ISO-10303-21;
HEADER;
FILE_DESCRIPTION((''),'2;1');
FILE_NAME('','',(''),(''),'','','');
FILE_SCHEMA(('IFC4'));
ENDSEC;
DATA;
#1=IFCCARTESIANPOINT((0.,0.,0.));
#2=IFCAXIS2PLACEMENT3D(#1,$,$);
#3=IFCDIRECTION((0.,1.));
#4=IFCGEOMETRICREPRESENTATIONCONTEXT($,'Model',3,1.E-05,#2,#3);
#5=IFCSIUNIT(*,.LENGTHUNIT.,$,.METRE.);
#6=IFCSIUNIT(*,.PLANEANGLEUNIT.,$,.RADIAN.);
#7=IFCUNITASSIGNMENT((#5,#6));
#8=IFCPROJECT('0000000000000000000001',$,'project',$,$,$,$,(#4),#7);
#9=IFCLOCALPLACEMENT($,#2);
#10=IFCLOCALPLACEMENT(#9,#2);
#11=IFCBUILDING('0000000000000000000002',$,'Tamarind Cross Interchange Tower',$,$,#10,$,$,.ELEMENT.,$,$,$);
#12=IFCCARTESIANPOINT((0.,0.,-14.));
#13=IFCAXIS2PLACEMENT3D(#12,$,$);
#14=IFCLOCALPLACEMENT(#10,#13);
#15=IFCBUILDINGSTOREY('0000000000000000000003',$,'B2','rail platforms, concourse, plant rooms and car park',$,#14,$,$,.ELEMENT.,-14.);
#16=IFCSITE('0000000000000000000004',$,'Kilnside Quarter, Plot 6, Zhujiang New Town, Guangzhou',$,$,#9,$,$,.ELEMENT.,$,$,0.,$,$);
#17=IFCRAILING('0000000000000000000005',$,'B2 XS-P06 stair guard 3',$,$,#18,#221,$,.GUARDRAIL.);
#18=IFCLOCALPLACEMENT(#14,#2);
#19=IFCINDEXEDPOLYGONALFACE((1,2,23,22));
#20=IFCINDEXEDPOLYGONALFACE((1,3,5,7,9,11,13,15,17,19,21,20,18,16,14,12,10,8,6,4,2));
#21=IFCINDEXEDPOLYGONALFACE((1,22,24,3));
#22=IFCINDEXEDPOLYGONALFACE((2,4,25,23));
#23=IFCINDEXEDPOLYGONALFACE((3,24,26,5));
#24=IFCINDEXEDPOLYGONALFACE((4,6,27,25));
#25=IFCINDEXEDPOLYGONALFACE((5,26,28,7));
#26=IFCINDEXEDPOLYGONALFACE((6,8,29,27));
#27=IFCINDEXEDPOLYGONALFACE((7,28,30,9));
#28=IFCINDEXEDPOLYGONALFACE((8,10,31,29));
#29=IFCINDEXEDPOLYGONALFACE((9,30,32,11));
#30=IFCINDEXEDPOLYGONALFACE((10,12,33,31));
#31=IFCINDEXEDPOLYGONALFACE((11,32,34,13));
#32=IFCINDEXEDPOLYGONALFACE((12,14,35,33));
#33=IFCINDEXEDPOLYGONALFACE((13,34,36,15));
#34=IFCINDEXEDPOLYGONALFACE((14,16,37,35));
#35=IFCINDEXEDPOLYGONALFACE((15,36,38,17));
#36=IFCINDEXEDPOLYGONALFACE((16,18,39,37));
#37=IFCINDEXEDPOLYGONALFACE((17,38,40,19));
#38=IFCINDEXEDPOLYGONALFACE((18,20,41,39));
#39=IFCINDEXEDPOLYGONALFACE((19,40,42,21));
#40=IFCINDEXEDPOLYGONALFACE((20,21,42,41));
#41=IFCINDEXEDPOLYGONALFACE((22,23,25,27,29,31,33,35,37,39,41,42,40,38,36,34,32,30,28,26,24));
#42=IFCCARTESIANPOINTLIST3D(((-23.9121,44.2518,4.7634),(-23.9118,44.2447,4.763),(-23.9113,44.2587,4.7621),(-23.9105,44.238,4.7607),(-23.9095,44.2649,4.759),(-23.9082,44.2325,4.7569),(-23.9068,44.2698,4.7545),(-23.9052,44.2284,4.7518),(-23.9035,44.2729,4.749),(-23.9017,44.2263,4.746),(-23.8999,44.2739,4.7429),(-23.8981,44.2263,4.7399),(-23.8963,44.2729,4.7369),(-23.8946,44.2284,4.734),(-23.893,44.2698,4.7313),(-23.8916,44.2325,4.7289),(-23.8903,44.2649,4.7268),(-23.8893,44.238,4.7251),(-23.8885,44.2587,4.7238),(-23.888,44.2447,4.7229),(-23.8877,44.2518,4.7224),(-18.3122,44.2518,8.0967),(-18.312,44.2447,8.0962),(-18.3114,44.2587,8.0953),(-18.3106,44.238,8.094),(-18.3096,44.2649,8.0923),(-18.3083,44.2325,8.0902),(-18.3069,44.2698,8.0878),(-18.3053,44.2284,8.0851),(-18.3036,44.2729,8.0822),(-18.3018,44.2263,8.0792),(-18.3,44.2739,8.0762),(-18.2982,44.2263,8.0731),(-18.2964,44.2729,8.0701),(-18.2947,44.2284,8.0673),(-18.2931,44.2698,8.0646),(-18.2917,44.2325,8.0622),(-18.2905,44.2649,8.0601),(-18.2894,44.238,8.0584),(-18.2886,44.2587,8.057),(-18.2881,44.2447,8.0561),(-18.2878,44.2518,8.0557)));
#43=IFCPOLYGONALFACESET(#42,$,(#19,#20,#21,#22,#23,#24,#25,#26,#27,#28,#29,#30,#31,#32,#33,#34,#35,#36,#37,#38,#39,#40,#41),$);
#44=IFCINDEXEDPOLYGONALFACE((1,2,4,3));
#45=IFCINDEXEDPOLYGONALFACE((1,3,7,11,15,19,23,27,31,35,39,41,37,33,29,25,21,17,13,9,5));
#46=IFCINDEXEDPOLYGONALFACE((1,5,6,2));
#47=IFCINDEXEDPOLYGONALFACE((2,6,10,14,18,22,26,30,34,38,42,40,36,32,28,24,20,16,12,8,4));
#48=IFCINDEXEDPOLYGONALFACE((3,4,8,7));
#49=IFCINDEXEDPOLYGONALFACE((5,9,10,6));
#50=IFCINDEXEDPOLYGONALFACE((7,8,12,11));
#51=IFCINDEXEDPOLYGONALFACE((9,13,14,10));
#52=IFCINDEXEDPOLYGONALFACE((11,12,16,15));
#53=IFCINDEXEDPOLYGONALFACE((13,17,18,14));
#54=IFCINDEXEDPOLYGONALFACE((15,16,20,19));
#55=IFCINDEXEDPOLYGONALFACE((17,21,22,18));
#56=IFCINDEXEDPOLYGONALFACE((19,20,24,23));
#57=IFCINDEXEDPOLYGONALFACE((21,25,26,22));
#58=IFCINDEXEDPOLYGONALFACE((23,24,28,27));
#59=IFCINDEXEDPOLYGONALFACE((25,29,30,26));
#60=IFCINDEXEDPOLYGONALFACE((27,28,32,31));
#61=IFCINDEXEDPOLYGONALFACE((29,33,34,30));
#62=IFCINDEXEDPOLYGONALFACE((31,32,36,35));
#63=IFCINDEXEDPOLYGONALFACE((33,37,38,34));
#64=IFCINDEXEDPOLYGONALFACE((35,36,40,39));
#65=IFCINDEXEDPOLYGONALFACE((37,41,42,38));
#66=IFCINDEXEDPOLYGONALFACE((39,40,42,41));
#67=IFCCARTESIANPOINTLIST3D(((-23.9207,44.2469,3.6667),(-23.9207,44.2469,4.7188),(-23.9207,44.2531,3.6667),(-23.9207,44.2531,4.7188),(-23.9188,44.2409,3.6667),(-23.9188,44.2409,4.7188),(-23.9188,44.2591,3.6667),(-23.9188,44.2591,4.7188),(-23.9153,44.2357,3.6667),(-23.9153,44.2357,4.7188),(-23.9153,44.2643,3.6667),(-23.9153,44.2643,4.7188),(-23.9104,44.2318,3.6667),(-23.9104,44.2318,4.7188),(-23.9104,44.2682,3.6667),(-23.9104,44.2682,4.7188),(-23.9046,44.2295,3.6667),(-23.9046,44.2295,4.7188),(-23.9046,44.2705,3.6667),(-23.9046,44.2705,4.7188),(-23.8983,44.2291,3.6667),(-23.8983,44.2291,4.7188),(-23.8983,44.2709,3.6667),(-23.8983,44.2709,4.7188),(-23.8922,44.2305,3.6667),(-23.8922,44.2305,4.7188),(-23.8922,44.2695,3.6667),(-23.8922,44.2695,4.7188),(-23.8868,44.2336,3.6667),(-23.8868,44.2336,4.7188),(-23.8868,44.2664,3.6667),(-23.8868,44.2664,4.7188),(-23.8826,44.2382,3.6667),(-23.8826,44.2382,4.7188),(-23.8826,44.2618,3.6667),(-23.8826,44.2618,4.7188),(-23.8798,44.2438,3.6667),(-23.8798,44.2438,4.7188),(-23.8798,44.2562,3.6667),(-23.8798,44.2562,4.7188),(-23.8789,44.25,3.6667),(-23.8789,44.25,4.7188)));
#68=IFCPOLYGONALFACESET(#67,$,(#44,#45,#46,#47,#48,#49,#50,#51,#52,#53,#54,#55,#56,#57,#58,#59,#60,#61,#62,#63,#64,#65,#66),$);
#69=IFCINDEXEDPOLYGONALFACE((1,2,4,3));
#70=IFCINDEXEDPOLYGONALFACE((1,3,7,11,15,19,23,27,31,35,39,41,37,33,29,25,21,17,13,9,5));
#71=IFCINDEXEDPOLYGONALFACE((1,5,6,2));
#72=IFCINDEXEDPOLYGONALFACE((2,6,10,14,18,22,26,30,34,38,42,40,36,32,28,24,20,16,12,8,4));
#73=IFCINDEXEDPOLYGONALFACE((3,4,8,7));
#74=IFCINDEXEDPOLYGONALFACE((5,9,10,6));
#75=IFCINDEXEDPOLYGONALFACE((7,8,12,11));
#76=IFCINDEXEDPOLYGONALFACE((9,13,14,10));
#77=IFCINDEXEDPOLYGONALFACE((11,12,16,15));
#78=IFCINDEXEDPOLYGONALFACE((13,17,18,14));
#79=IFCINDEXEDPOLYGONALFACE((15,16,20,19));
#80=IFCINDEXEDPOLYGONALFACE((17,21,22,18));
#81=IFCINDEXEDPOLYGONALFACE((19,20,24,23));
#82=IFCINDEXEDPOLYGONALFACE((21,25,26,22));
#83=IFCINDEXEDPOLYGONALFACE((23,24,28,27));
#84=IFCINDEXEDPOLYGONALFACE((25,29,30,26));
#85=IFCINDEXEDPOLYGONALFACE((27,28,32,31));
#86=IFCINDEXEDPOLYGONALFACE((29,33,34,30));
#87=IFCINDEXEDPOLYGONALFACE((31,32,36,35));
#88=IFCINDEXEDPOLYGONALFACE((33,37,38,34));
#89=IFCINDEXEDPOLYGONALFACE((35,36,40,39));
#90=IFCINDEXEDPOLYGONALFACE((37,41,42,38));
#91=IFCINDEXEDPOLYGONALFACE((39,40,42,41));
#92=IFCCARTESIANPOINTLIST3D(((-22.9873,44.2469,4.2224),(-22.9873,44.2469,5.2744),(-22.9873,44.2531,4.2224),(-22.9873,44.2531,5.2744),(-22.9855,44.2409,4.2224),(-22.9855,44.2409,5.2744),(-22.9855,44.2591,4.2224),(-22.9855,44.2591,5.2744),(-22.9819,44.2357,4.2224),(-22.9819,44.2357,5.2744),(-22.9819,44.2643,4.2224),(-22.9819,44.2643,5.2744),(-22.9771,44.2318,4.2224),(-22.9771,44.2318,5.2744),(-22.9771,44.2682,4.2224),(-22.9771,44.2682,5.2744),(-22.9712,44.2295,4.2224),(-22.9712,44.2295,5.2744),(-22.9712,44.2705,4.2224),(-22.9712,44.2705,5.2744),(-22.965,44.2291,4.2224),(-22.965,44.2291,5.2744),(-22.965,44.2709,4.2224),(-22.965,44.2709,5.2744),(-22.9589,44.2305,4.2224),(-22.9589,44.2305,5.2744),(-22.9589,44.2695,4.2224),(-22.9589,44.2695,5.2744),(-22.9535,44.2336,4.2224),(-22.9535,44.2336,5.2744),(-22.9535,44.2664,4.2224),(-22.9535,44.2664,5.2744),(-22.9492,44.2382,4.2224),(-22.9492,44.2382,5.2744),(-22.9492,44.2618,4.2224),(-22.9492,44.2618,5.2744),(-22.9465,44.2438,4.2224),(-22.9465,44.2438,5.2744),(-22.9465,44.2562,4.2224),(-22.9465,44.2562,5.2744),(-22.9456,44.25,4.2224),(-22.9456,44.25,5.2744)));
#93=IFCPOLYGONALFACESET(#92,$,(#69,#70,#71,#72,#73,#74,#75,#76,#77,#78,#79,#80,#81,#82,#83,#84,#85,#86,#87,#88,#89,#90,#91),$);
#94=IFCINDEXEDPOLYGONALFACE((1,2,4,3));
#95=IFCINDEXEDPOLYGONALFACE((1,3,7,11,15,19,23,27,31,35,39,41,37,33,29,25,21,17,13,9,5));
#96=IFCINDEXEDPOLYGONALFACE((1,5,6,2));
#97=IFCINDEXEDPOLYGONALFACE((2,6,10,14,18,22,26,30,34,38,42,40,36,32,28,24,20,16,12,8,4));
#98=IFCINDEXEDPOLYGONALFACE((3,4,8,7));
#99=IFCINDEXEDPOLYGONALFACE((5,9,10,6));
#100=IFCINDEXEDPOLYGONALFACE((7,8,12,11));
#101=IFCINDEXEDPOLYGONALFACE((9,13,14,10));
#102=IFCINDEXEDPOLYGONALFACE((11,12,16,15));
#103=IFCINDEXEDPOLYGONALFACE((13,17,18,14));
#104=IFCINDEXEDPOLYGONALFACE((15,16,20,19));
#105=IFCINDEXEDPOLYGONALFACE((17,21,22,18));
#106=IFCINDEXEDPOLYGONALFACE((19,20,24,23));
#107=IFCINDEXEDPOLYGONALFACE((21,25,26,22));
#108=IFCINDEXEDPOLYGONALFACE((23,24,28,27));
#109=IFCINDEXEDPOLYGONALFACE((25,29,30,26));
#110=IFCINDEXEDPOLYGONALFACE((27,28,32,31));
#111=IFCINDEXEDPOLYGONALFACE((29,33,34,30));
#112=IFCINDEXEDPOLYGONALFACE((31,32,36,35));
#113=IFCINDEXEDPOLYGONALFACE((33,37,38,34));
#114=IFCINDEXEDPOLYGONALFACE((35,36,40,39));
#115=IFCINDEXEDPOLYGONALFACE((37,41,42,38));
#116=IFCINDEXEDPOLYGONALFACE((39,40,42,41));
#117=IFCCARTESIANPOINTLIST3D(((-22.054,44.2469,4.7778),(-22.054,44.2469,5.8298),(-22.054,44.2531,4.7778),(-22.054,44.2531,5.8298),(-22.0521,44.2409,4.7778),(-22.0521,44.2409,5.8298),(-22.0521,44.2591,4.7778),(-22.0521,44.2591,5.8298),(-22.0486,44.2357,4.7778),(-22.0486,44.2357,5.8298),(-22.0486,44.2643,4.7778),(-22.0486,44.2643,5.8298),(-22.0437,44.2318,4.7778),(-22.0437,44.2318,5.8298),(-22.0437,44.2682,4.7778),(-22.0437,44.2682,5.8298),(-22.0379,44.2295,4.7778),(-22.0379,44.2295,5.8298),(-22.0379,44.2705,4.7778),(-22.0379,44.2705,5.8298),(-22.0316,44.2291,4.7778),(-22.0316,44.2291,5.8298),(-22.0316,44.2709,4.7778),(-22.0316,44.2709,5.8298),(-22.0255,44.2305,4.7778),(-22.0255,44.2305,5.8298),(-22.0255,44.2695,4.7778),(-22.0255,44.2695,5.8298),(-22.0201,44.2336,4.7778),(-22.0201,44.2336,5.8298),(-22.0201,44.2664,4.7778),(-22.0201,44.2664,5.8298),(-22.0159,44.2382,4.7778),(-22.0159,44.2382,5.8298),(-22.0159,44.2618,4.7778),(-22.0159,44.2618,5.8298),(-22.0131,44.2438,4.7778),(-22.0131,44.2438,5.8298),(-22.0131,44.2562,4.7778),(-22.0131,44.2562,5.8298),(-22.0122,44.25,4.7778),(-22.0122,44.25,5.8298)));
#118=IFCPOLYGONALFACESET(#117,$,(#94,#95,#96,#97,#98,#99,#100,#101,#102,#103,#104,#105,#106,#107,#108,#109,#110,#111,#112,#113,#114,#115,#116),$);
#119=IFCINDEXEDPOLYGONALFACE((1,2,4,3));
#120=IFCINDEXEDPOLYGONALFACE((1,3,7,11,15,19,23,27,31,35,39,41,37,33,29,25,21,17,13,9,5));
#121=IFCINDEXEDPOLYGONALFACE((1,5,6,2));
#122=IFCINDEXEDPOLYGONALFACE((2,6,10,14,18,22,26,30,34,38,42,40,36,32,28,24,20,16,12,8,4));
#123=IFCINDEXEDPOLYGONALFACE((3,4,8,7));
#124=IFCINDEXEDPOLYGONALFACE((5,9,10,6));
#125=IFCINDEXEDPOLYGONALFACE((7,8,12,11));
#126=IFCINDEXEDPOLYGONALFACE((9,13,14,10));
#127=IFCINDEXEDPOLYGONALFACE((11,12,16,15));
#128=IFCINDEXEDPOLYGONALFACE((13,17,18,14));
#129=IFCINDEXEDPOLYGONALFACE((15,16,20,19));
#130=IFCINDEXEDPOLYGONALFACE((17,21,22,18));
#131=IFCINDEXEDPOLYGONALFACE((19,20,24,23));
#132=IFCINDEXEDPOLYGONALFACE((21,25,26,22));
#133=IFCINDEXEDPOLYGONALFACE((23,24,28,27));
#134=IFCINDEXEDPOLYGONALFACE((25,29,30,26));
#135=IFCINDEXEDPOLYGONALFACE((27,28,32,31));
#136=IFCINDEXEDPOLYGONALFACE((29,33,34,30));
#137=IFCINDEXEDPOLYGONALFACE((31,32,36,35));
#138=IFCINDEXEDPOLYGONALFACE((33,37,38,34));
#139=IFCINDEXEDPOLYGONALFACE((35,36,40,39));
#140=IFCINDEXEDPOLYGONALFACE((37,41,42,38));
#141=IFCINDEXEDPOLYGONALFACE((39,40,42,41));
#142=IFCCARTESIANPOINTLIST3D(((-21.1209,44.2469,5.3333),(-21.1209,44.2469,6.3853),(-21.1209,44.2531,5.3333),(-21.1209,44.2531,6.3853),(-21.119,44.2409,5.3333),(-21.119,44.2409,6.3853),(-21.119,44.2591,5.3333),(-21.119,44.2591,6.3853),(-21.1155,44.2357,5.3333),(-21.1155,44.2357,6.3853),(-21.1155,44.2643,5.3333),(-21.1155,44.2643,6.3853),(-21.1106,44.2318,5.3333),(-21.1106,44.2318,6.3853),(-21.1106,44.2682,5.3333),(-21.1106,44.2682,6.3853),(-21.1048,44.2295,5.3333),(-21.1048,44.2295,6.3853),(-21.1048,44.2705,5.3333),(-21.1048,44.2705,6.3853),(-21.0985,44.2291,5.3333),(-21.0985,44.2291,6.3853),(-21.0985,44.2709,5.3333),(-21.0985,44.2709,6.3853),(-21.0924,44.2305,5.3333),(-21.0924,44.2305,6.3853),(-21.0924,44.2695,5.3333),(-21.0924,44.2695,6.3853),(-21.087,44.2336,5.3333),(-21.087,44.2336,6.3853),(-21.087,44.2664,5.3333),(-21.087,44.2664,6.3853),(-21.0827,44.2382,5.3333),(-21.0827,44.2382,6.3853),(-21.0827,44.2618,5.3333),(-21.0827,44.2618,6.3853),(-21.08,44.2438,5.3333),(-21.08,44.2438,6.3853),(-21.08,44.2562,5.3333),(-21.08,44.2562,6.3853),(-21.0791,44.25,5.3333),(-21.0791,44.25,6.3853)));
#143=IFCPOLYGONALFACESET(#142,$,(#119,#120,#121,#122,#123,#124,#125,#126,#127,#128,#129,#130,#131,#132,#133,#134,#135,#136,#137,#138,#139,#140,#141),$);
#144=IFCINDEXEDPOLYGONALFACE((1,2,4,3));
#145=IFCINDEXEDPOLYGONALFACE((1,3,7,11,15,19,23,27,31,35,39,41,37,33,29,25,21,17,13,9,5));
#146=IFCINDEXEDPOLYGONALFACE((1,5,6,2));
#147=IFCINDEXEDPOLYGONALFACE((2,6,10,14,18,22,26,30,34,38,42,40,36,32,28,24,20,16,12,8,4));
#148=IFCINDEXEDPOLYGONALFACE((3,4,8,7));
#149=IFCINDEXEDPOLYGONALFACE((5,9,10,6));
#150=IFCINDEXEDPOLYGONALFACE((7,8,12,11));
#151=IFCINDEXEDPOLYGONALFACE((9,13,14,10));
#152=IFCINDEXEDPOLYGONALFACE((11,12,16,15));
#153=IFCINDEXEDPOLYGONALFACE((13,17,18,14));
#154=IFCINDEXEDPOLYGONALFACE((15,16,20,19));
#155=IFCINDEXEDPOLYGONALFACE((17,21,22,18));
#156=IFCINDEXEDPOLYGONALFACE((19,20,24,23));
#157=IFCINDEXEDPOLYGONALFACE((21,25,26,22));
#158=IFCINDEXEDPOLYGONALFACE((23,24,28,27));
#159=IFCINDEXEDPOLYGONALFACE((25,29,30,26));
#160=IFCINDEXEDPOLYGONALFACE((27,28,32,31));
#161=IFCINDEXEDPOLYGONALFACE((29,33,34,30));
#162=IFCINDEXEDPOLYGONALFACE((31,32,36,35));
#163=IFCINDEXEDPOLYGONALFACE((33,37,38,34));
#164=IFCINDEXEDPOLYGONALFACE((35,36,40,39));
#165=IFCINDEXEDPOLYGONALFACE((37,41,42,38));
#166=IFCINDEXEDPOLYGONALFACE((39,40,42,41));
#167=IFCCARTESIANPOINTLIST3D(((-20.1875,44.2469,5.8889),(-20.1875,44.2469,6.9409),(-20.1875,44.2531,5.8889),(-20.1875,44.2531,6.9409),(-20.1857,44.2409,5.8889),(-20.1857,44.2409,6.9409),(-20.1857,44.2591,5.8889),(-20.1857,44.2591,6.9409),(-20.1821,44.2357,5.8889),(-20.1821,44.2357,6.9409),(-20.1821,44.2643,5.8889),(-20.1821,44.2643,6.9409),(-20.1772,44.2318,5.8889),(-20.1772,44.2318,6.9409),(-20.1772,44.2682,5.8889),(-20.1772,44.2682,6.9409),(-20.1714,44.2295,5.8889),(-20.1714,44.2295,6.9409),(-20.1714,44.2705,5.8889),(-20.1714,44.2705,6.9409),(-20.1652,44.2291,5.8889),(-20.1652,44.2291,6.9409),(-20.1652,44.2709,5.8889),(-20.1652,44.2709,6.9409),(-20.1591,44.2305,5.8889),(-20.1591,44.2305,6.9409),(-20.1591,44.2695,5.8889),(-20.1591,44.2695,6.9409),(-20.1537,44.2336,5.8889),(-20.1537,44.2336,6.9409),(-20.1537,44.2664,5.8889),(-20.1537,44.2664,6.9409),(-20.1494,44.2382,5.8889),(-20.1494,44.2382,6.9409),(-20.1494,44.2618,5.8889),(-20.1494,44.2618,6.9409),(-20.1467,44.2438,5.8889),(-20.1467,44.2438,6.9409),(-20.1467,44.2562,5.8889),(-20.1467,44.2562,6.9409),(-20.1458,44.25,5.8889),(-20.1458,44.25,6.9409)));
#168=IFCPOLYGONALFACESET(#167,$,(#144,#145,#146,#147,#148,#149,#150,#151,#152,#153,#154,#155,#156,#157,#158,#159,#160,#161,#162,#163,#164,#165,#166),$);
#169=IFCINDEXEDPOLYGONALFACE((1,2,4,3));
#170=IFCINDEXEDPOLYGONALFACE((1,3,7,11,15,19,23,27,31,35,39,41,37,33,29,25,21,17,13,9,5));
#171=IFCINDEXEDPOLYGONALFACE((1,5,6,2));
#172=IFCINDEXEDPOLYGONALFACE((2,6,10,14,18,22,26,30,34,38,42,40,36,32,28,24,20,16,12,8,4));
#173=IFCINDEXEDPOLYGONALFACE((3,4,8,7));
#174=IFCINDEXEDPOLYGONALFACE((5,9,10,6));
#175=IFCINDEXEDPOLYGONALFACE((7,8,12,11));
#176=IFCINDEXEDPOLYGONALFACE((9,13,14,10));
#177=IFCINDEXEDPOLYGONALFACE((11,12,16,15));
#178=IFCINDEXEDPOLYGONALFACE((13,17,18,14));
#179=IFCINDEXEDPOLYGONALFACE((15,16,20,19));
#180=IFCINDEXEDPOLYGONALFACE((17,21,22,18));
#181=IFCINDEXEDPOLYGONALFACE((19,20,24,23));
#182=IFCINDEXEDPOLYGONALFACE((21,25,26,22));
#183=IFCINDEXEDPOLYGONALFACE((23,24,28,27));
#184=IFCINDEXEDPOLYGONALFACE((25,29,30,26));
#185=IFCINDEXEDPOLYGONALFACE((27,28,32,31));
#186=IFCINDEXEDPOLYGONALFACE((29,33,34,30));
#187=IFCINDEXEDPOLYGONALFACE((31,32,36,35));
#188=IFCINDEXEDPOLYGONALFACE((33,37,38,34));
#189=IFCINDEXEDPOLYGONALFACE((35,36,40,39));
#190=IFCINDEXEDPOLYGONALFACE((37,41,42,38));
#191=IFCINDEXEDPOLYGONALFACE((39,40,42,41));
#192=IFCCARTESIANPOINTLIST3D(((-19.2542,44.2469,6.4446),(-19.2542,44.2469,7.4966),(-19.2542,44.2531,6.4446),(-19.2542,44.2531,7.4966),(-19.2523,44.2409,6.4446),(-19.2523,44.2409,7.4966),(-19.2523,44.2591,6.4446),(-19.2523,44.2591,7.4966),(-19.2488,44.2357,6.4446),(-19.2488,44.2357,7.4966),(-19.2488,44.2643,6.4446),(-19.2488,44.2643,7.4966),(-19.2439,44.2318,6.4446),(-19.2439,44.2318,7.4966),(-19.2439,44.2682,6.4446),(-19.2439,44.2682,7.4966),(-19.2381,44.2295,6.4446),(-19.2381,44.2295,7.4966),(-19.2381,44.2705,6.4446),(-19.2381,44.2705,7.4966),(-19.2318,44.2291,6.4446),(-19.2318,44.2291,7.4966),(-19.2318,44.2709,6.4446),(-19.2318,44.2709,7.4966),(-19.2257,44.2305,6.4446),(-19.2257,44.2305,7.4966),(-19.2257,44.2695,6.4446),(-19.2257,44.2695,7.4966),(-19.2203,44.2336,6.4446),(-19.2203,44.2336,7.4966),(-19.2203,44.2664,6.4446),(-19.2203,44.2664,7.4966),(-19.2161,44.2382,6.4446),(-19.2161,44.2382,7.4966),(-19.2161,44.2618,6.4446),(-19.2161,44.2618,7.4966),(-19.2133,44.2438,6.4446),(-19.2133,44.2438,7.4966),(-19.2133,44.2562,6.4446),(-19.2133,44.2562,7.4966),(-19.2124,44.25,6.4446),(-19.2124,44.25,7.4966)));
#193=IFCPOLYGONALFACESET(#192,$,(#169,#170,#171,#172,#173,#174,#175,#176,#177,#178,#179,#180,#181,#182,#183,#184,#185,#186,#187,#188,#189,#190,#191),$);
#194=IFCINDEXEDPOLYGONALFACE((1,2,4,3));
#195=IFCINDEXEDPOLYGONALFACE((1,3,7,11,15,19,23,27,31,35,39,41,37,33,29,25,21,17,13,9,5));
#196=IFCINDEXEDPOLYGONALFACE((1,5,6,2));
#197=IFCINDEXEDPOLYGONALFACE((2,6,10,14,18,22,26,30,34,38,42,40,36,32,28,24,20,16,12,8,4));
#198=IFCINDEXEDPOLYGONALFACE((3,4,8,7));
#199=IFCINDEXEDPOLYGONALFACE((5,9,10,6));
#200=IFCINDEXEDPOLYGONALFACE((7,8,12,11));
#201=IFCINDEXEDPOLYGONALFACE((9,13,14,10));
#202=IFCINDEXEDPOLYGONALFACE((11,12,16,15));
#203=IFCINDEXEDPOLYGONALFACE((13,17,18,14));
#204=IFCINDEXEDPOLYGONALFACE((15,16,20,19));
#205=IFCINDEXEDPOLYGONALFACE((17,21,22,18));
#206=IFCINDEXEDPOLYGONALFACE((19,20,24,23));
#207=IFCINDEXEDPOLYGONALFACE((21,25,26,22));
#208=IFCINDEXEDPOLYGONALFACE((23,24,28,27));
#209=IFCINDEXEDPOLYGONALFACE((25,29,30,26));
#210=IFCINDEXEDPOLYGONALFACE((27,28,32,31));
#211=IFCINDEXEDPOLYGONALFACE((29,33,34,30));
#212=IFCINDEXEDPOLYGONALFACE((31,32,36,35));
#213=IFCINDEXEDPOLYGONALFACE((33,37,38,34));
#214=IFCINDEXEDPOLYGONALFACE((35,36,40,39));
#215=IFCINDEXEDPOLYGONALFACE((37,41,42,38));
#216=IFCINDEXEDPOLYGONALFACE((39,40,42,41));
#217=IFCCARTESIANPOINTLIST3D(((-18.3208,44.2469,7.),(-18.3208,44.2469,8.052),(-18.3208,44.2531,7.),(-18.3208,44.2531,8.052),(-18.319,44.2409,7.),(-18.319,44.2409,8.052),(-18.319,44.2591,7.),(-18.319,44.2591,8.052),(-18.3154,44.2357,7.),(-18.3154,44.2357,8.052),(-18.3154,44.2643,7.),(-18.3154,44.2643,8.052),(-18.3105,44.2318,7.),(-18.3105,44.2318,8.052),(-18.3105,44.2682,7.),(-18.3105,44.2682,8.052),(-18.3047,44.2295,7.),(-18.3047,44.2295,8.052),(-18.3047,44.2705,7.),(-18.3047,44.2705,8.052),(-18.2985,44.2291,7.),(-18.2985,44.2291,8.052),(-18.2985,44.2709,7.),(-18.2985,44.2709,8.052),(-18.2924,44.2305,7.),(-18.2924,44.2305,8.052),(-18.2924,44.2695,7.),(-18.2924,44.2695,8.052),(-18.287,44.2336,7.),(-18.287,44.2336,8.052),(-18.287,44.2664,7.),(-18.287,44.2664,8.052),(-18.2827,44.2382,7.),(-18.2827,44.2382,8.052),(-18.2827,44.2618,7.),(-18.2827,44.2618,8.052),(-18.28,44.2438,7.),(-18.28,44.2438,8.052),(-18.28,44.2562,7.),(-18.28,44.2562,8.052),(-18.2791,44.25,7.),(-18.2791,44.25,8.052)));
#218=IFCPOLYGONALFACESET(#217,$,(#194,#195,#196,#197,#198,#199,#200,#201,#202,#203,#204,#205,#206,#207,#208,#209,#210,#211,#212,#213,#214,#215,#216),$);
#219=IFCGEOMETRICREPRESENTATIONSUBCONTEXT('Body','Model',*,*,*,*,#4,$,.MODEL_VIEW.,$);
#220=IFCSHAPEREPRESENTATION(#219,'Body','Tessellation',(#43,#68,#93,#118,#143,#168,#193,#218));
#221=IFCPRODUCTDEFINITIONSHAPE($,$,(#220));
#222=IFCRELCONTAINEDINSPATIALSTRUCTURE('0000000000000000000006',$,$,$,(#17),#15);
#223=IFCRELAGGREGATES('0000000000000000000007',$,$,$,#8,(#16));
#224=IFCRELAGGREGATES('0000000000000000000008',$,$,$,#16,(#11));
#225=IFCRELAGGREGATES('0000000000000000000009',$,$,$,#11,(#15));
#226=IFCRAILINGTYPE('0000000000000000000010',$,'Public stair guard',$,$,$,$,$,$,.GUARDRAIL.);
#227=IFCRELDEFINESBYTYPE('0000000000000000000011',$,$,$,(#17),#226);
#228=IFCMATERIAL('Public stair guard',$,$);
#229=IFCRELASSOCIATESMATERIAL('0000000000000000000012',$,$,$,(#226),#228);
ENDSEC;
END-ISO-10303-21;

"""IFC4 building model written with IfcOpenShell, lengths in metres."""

from ifc_helpers import new_model, si_unit, direction, frame, origin, origin_2d, place, context, subcontext, project, spatial, circle, extrude, material, type_object, element, save


model = new_model("IFC4")

# Units and contexts
model_context = context("Model", 3, precision=1e-05, world=origin(), true_north=direction((0.0, 1.0)))
body_context = subcontext(model_context, "Body", "Model", "MODEL_VIEW")
ifc_project = project(units=[si_unit("LENGTHUNIT", "METRE"), si_unit("PLANEANGLEUNIT", "RADIAN")], contexts=[model_context])

# Site, building, storey
site_placement = place(None, origin())
site = spatial("IfcSite", under=ifc_project, at=site_placement, Name="Kilnside Quarter, Plot 6, Zhujiang New Town, Guangzhou", CompositionType="ELEMENT", RefElevation=0.0)
building_placement = place(site_placement, origin())
building = spatial("IfcBuilding", under=site, at=building_placement, Name="Tamarind Cross Interchange Tower", CompositionType="ELEMENT")
storey_placement = place(building_placement, frame((0.0, 0.0, -14.0)))
storey = spatial("IfcBuildingStorey", under=building, at=storey_placement, Name="B2", Description="rail platforms, concourse, plant rooms and car park", CompositionType="ELEMENT", Elevation=-14.0)

# Railing
ifc_material_1 = material(Name="Public stair guard")
railing_type_1 = type_object("IfcRailingType", Name="Public stair guard", PredefinedType="GUARDRAIL", material=ifc_material_1)
railing_1_placement = place(storey_placement, frame((-23.8999, 44.25, 3.6667)))
element("IfcRailing", 1, at=railing_1_placement, inside=storey, type_object=railing_type_1, Name="B2 XS-P06 stair guard 3", PredefinedType="GUARDRAIL", context=body_context, shape_type="SweptSolid", body=[
    extrude(circle(Radius=0.0239, at=origin_2d()), frame((0.0, 0.0, 1.0762), z_axis=(0.859292, 0.0, 0.511485), x_axis=(0.0, 1.0, 0.0)), (0.0, 0.0, 1.0), 6.5168),
    extrude(circle(Radius=0.021, at=origin_2d()), origin(), (0.0, 0.0, 1.0), 1.052),
    extrude(circle(Radius=0.021, at=origin_2d()), frame((0.9333, 0.0, 0.5557)), (0.0, 0.0, 1.0), 1.052),
    extrude(circle(Radius=0.021, at=origin_2d()), frame((1.8667, 0.0, 1.1111)), (0.0, 0.0, 1.0), 1.052),
    extrude(circle(Radius=0.021, at=origin_2d()), frame((2.7998, 0.0, 1.6665)), (0.0, 0.0, 1.0), 1.052),
    extrude(circle(Radius=0.021, at=origin_2d()), frame((3.7332, 0.0, 2.2222)), (0.0, 0.0, 1.0), 1.052),
    extrude(circle(Radius=0.021, at=origin_2d()), frame((4.6665, 0.0, 2.7778)), (0.0, 0.0, 1.0), 1.052),
    extrude(circle(Radius=0.021, at=origin_2d()), frame((5.5999, 0.0, 3.3333)), (0.0, 0.0, 1.0), 1.052),
])

save(model, "model.ifc")
